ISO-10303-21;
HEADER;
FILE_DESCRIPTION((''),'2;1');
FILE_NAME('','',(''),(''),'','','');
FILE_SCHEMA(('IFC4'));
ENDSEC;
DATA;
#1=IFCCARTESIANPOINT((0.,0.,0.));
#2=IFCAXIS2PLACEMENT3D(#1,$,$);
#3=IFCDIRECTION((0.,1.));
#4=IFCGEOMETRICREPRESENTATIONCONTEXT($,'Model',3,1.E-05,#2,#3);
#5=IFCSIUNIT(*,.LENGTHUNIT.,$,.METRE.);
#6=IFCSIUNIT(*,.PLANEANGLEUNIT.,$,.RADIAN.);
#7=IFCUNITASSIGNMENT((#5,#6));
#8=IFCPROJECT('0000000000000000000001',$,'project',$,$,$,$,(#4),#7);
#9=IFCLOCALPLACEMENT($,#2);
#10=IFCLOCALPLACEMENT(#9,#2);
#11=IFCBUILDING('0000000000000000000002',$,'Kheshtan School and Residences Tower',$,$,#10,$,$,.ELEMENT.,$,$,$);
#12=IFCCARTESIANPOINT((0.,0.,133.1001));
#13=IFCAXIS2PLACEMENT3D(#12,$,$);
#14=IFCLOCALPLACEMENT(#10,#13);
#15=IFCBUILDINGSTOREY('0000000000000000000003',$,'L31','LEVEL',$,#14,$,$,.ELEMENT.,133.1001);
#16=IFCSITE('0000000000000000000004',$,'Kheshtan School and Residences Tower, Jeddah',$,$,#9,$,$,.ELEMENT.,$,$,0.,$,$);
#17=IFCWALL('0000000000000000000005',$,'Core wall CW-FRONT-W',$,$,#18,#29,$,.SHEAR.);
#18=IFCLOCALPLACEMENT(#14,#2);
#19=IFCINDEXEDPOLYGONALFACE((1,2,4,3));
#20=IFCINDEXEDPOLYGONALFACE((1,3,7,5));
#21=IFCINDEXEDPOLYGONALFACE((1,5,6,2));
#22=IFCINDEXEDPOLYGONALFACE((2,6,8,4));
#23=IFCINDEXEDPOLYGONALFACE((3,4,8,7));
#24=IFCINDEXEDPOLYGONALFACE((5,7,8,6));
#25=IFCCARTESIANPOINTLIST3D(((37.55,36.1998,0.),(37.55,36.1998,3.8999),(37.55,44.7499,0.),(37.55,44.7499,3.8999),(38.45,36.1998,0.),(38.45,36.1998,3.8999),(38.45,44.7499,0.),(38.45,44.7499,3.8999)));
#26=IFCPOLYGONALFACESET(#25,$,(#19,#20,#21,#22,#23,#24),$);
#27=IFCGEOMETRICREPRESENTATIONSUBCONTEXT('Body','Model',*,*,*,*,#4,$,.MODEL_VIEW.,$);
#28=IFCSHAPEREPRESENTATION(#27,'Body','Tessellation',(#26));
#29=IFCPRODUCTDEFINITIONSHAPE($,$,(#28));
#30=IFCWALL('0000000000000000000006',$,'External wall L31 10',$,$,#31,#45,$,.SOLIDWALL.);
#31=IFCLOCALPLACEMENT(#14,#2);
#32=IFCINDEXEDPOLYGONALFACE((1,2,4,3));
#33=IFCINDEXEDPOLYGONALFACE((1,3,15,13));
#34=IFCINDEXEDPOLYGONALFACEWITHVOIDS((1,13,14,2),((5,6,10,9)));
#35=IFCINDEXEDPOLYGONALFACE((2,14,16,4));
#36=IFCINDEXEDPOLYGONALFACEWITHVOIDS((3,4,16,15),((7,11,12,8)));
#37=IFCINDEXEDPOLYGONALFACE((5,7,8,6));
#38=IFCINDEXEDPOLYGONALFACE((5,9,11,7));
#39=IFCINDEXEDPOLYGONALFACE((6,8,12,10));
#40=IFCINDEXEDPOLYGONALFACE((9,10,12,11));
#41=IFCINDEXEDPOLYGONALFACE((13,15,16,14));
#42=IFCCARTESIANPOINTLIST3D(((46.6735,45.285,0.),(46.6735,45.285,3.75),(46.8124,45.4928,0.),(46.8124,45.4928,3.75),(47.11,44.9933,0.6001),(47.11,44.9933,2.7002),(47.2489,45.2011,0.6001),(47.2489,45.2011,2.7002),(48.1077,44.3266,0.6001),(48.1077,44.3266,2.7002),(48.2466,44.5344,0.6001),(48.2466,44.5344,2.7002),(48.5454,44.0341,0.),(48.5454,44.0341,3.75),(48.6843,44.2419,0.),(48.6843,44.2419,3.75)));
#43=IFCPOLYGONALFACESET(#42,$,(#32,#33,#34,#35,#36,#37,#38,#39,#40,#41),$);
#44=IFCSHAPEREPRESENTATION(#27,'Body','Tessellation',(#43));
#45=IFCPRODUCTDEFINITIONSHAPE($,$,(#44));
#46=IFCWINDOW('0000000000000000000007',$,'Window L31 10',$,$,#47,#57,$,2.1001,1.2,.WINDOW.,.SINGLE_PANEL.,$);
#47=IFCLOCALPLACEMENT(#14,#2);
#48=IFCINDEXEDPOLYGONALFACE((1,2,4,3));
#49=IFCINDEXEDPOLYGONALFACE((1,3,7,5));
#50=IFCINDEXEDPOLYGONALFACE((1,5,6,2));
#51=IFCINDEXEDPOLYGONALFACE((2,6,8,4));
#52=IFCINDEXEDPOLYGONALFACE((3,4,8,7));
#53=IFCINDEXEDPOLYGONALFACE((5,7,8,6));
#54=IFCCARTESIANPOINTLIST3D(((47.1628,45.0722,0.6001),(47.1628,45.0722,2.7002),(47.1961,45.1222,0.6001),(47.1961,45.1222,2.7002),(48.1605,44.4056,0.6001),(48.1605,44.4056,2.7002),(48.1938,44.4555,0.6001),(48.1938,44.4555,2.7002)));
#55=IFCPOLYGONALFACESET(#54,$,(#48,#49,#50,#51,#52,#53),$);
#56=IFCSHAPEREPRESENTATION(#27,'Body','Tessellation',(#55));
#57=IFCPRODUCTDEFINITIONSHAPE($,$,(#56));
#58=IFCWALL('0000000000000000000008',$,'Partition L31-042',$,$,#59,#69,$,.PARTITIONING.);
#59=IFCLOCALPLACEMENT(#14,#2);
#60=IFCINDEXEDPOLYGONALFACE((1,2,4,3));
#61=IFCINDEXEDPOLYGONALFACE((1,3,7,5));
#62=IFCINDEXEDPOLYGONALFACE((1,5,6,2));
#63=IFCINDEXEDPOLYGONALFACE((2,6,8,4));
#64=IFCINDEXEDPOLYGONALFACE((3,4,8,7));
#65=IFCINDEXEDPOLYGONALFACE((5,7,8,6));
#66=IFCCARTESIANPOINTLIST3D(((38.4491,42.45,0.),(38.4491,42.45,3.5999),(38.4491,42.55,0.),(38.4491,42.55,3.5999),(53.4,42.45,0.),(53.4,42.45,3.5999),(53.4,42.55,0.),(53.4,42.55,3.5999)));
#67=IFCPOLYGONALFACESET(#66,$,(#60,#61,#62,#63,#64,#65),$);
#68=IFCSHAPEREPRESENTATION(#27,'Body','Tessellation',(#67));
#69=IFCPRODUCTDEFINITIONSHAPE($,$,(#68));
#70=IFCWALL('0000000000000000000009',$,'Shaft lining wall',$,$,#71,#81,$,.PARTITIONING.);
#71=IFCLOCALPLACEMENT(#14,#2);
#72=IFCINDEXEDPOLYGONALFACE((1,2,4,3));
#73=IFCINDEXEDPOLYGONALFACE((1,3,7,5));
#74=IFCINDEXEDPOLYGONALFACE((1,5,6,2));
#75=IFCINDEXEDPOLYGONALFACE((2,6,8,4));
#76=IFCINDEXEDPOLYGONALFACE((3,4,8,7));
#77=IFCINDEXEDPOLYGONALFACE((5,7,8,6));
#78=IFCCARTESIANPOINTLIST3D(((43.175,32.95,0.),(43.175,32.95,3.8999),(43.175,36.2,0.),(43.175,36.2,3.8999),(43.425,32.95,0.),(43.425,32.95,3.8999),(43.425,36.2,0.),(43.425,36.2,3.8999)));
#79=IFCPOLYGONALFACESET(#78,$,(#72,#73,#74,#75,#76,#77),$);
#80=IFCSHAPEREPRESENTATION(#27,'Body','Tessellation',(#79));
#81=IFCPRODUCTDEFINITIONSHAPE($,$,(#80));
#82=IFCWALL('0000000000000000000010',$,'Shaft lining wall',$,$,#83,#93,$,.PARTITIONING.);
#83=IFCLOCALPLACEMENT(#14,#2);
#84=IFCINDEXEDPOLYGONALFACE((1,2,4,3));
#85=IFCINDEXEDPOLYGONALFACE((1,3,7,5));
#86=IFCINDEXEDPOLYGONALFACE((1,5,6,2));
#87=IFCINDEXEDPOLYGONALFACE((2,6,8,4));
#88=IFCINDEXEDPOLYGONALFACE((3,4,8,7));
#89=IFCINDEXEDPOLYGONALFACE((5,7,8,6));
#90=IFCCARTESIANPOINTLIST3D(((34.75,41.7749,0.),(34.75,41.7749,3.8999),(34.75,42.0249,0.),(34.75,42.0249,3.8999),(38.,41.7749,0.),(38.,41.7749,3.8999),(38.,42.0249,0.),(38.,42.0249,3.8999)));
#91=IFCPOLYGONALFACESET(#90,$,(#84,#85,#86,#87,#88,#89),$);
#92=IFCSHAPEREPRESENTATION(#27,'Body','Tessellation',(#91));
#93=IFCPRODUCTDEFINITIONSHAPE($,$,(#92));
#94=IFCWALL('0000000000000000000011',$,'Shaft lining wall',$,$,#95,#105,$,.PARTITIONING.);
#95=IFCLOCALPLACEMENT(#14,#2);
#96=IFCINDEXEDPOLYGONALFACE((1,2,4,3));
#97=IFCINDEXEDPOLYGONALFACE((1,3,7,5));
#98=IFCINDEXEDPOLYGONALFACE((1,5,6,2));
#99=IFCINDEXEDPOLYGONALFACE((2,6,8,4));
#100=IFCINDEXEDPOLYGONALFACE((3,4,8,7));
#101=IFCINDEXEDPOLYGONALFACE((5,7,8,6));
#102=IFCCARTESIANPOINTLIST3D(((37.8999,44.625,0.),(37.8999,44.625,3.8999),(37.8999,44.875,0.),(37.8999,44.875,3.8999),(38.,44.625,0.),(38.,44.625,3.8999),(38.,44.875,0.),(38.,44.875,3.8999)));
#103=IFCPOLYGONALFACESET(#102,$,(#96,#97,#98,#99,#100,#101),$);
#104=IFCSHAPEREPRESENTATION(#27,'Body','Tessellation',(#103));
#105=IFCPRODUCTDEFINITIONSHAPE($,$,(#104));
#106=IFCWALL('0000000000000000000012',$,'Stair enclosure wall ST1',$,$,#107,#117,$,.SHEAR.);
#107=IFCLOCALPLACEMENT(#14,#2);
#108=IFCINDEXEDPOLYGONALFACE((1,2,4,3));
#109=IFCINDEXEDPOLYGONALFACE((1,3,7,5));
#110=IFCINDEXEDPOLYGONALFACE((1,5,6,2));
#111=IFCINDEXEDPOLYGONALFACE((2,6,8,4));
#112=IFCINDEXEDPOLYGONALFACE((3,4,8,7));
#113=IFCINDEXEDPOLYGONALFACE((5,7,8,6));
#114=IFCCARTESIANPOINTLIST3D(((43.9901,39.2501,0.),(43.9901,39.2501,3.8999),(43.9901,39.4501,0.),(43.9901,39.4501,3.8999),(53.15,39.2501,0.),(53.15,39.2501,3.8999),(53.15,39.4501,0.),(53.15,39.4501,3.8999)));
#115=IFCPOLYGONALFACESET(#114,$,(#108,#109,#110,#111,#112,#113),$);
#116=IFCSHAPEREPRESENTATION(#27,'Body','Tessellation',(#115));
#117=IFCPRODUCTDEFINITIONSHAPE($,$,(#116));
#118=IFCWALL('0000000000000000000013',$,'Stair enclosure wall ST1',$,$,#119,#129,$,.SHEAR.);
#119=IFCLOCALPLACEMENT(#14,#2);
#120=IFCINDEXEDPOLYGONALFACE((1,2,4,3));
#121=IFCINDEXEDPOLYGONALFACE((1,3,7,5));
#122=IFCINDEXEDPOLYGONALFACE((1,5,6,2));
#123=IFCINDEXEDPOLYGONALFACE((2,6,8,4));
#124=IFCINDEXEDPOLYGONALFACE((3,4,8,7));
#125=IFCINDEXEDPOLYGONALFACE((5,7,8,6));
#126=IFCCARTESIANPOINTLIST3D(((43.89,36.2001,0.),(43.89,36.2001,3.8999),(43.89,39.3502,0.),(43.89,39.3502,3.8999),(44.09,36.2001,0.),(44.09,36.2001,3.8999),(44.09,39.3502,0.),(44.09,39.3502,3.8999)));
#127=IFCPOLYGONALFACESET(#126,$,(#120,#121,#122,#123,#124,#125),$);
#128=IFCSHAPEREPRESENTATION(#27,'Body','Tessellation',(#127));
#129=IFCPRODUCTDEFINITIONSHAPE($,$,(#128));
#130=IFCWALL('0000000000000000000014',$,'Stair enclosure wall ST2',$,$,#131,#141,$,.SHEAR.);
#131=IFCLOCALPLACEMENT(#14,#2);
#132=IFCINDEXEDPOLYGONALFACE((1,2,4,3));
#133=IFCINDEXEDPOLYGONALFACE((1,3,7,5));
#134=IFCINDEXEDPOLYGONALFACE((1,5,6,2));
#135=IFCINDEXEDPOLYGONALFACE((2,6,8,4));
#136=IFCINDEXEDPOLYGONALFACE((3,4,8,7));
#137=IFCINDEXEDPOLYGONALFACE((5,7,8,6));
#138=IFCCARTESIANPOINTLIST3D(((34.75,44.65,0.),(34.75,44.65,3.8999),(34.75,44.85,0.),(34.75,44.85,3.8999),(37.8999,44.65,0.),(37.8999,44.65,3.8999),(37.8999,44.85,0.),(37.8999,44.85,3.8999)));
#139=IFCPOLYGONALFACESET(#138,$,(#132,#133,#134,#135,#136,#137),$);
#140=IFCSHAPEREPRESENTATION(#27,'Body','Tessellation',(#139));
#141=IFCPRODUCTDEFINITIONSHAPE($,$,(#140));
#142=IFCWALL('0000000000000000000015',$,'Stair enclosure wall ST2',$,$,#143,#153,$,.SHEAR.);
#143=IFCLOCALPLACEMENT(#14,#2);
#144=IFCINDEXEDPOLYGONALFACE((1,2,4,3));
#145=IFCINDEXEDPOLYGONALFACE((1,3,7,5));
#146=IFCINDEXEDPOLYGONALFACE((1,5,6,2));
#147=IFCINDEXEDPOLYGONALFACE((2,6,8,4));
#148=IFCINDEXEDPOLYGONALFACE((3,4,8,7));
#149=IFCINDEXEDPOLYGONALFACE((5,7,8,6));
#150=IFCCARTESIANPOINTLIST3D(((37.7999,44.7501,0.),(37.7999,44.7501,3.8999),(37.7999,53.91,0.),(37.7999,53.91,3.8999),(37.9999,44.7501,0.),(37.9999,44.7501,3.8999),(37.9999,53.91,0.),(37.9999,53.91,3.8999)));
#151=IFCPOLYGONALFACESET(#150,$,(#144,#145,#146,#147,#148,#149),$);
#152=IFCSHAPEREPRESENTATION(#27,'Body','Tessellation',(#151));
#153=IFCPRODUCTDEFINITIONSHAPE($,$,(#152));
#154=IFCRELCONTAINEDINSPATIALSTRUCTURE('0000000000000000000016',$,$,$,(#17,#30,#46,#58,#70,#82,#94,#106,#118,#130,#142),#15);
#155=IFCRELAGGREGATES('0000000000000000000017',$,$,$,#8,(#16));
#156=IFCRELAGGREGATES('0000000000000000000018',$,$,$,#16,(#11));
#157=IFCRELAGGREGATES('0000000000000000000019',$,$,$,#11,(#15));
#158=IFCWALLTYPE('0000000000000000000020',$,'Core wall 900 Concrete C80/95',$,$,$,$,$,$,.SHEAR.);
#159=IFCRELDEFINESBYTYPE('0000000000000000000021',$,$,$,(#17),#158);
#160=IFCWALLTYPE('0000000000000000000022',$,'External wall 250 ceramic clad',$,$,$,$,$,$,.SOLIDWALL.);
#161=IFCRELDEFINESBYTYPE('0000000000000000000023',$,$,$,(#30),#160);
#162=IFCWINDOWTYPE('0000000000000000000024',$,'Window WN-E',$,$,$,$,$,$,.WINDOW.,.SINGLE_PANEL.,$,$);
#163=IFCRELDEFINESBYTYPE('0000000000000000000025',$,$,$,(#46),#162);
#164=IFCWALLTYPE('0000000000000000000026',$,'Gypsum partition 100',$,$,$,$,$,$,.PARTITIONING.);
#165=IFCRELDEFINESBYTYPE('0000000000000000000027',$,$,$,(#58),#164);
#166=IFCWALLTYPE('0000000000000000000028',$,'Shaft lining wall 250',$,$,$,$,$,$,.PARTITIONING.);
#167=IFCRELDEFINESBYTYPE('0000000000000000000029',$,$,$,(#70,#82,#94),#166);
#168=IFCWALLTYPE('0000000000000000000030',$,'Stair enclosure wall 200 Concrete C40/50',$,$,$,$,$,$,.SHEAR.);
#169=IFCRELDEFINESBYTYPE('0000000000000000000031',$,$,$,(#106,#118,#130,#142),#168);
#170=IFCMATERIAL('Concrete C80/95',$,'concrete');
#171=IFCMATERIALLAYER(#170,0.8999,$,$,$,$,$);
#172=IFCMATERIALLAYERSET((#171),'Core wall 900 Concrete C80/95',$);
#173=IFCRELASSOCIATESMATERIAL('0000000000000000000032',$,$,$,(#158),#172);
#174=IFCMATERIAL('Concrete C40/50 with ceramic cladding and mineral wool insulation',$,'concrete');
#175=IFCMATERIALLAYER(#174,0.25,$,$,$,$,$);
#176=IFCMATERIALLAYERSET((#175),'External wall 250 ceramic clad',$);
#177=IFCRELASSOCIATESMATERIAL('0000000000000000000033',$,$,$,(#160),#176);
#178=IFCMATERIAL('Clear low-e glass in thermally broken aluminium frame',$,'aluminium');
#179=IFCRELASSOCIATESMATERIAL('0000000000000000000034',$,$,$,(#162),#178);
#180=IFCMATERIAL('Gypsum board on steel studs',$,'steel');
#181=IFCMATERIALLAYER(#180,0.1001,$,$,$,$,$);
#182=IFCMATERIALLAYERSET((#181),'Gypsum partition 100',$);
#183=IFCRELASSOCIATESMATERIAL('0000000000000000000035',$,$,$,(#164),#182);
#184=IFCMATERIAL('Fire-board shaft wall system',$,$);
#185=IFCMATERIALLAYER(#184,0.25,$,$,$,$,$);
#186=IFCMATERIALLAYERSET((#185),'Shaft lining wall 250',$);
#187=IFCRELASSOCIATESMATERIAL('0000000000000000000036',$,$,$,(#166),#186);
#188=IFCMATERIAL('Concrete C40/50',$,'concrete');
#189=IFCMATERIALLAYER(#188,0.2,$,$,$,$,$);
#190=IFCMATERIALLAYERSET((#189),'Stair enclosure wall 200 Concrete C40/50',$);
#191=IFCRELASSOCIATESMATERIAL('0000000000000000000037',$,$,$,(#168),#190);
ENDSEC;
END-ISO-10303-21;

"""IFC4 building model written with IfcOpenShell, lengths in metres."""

from ifc_helpers import new_model, si_unit, direction, frame, frame_2d, origin, place, context, subcontext, project, spatial, rectangle, extrude, source, transform, mapped, material, layer, layer_set, type_object, element, fill, save


model = new_model("IFC4")

# Units and contexts
model_context = context("Model", 3, precision=1e-05, world=origin(), true_north=direction((0.0, 1.0)))
body_context = subcontext(model_context, "Body", "Model", "MODEL_VIEW")
ifc_project = project(units=[si_unit("LENGTHUNIT", "METRE"), si_unit("PLANEANGLEUNIT", "RADIAN")], contexts=[model_context])

# Site, building, storey
site_placement = place(None, origin())
site = spatial("IfcSite", under=ifc_project, at=site_placement, Name="Kheshtan School and Residences Tower, Jeddah", CompositionType="ELEMENT", RefElevation=0.0)
building_placement = place(site_placement, origin())
building = spatial("IfcBuilding", under=site, at=building_placement, Name="Kheshtan School and Residences Tower", CompositionType="ELEMENT")
storey_placement = place(building_placement, frame((0.0, 0.0, 133.1001)))
storey = spatial("IfcBuildingStorey", under=building, at=storey_placement, Name="L31", Description="LEVEL", CompositionType="ELEMENT", Elevation=133.1001)

# Shared definitions
ifc_material_1 = material(Name="Concrete C80/95", Category="concrete")
ifc_layer_1 = layer(ifc_material_1, 0.8999)
ifc_layer_set_1 = layer_set([ifc_layer_1], Name="Core wall 900 Concrete C80/95")
wall_type_1 = type_object("IfcWallType", Name="Core wall 900 Concrete C80/95", PredefinedType="SHEAR", material=ifc_layer_set_1)

# Wall
wall_1_placement = place(storey_placement, frame((38.0, 36.2, 0.0), z_axis=(0.0, 0.0, 1.0), x_axis=(0.0, 1.0, 0.0)))
element("IfcWall", 1, at=wall_1_placement, inside=storey, type_object=wall_type_1, Name="Core wall CW-FRONT-W", PredefinedType="SHEAR", context=body_context, shape_type="SweptSolid", body=[
    extrude(rectangle(XDim=8.55, YDim=0.8999, at=frame_2d((4.2749, 0.0))), origin(), (0.0, 0.0, 1.0), 3.8999),
])

# Wall, opening, window
ifc_material_2 = material(Name="Concrete C40/50 with ceramic cladding and mineral wool insulation", Category="concrete")
ifc_layer_2 = layer(ifc_material_2, 0.25)
ifc_layer_set_2 = layer_set([ifc_layer_2], Name="External wall 250 ceramic clad")
wall_type_2 = type_object("IfcWallType", Name="External wall 250 ceramic clad", PredefinedType="SOLIDWALL", material=ifc_layer_set_2)
wall_2_placement = place(storey_placement, frame((46.7429, 45.3889, 0.0), z_axis=(0.0, 0.0, 1.0), x_axis=(0.831449, -0.555601, 0.0)))
wall_2 = element("IfcWall", 2, at=wall_2_placement, inside=storey, type_object=wall_type_2, Name="External wall L31 10", PredefinedType="SOLIDWALL", context=body_context, shape_type="SweptSolid", body=[
    extrude(rectangle(XDim=2.2515, YDim=0.25, at=frame_2d((1.1257, 0.0))), origin(), (0.0, 0.0, 1.0), 3.75),
])
opening_1_placement = place(wall_2_placement, frame((0.5249, 0.0, 0.6001)))
opening_1 = element("IfcOpeningElement", 3, at=opening_1_placement, cuts=wall_2, PredefinedType="OPENING", context=body_context, shape_type="SweptSolid", body=[
    extrude(rectangle(XDim=1.2, YDim=2.1001, at=frame_2d((0.6001, 1.05))), frame((0.0, 0.135, 0.0), z_axis=(0.0, -1.0, 0.0), x_axis=(1.0, 0.0, 0.0)), (0.0, 0.0, 1.0), 0.27),
])
ifc_material_3 = material(Name="Clear low-e glass in thermally broken aluminium frame", Category="aluminium")
window_type = type_object("IfcWindowType", Name="Window WN-E", PartitioningType="SINGLE_PANEL", PredefinedType="WINDOW", material=ifc_material_3)
shared_shape_1 = source(origin(), body_context, "Body", "SweptSolid", [
    extrude(rectangle(XDim=1.2, YDim=2.1001, at=frame_2d((0.6001, 1.05))), frame((0.0, 0.03, 0.0), z_axis=(0.0, -1.0, 0.0), x_axis=(1.0, 0.0, 0.0)), (0.0, 0.0, 1.0), 0.0601),
])
window_placement = place(opening_1_placement, origin())
window = element("IfcWindow", 4, at=window_placement, inside=storey, type_object=window_type, Name="Window L31 10", OverallHeight=2.1001, OverallWidth=1.2, PartitioningType="SINGLE_PANEL", PredefinedType="WINDOW", context=body_context, shape_type="MappedRepresentation", body=[
    mapped(shared_shape_1, transform((0.0, 0.0, 0.0), x_axis=(1.0, 0.0, 0.0), y_axis=(0.0, 1.0, 0.0), z_axis=(0.0, 0.0, 1.0), scale=1.0)),
])
fill(opening_1, window)

# Walls
ifc_material_4 = material(Name="Gypsum board on steel studs", Category="steel")
ifc_layer_3 = layer(ifc_material_4, 0.1001)
ifc_layer_set_3 = layer_set([ifc_layer_3], Name="Gypsum partition 100")
wall_type_3 = type_object("IfcWallType", Name="Gypsum partition 100", PredefinedType="PARTITIONING", material=ifc_layer_set_3)
wall_3_placement = place(storey_placement, frame((38.449, 42.5, 0.0), z_axis=(0.0, 0.0, 1.0), x_axis=(1.0, 0.0, 0.0)))
element("IfcWall", 5, at=wall_3_placement, inside=storey, type_object=wall_type_3, Name="Partition L31-042", PredefinedType="PARTITIONING", context=body_context, shape_type="SweptSolid", body=[
    extrude(rectangle(XDim=14.9509, YDim=0.1001, at=frame_2d((7.4756, 0.0))), origin(), (0.0, 0.0, 1.0), 3.5999),
])
ifc_material_5 = material(Name="Fire-board shaft wall system")
ifc_layer_4 = layer(ifc_material_5, 0.25)
ifc_layer_set_4 = layer_set([ifc_layer_4], Name="Shaft lining wall 250")
wall_type_4 = type_object("IfcWallType", Name="Shaft lining wall 250", PredefinedType="PARTITIONING", material=ifc_layer_set_4)
for number, where, z_axis, x_axis, name in (
    (6, (43.3, 32.95, 0.0), (0.0, 0.0, 1.0), (0.0, 1.0, 0.0), "Shaft lining wall"),
    (7, (34.75, 41.8999, 0.0), (0.0, 0.0, 1.0), (1.0, 0.0, 0.0), "Shaft lining wall"),
):
    element("IfcWall", number, at=place(storey_placement, frame(where, z_axis=z_axis, x_axis=x_axis)), inside=storey, type_object=wall_type_4, Name=name, PredefinedType="PARTITIONING", context=body_context, shape_type="SweptSolid", body=[
        extrude(rectangle(XDim=3.25, YDim=0.25, at=frame_2d((1.625, 0.0))), origin(), (0.0, 0.0, 1.0), 3.8999),
    ])
wall_4_placement = place(storey_placement, frame((37.8999, 44.75, 0.0), z_axis=(0.0, 0.0, 1.0), x_axis=(1.0, 0.0, 0.0)))
element("IfcWall", 8, at=wall_4_placement, inside=storey, type_object=wall_type_4, Name="Shaft lining wall", PredefinedType="PARTITIONING", context=body_context, shape_type="SweptSolid", body=[
    extrude(rectangle(XDim=0.1001, YDim=0.25, at=frame_2d((0.05, 0.0))), origin(), (0.0, 0.0, 1.0), 3.8999),
])
ifc_material_6 = material(Name="Concrete C40/50", Category="concrete")
ifc_layer_5 = layer(ifc_material_6, 0.2)
ifc_layer_set_5 = layer_set([ifc_layer_5], Name="Stair enclosure wall 200 Concrete C40/50")
wall_type_5 = type_object("IfcWallType", Name="Stair enclosure wall 200 Concrete C40/50", PredefinedType="SHEAR", material=ifc_layer_set_5)
wall_5_placement = place(storey_placement, frame((43.99, 39.3501, 0.0), z_axis=(0.0, 0.0, 1.0), x_axis=(1.0, 0.0, 0.0)))
element("IfcWall", 9, at=wall_5_placement, inside=storey, type_object=wall_type_5, Name="Stair enclosure wall ST1", PredefinedType="SHEAR", context=body_context, shape_type="SweptSolid", body=[
    extrude(rectangle(XDim=9.1599, YDim=0.2, at=frame_2d((4.5801, 0.0))), origin(), (0.0, 0.0, 1.0), 3.8999),
])
wall_6_placement = place(storey_placement, frame((43.99, 36.2, 0.0), z_axis=(0.0, 0.0, 1.0), x_axis=(0.0, 1.0, 0.0)))
element("IfcWall", 10, at=wall_6_placement, inside=storey, type_object=wall_type_5, Name="Stair enclosure wall ST1", PredefinedType="SHEAR", context=body_context, shape_type="SweptSolid", body=[
    extrude(rectangle(XDim=3.1501, YDim=0.2, at=frame_2d((1.5752, 0.0))), origin(), (0.0, 0.0, 1.0), 3.8999),
])
wall_7_placement = place(storey_placement, frame((34.75, 44.75, 0.0), z_axis=(0.0, 0.0, 1.0), x_axis=(1.0, 0.0, 0.0)))
element("IfcWall", 11, at=wall_7_placement, inside=storey, type_object=wall_type_5, Name="Stair enclosure wall ST2", PredefinedType="SHEAR", context=body_context, shape_type="SweptSolid", body=[
    extrude(rectangle(XDim=3.1499, YDim=0.2, at=frame_2d((1.575, 0.0))), origin(), (0.0, 0.0, 1.0), 3.8999),
])
wall_8_placement = place(storey_placement, frame((37.8999, 44.75, 0.0), z_axis=(0.0, 0.0, 1.0), x_axis=(0.0, 1.0, 0.0)))
element("IfcWall", 12, at=wall_8_placement, inside=storey, type_object=wall_type_5, Name="Stair enclosure wall ST2", PredefinedType="SHEAR", context=body_context, shape_type="SweptSolid", body=[
    extrude(rectangle(XDim=9.1599, YDim=0.2, at=frame_2d((4.5801, 0.0))), origin(), (0.0, 0.0, 1.0), 3.8999),
])

save(model, "model.ifc")
